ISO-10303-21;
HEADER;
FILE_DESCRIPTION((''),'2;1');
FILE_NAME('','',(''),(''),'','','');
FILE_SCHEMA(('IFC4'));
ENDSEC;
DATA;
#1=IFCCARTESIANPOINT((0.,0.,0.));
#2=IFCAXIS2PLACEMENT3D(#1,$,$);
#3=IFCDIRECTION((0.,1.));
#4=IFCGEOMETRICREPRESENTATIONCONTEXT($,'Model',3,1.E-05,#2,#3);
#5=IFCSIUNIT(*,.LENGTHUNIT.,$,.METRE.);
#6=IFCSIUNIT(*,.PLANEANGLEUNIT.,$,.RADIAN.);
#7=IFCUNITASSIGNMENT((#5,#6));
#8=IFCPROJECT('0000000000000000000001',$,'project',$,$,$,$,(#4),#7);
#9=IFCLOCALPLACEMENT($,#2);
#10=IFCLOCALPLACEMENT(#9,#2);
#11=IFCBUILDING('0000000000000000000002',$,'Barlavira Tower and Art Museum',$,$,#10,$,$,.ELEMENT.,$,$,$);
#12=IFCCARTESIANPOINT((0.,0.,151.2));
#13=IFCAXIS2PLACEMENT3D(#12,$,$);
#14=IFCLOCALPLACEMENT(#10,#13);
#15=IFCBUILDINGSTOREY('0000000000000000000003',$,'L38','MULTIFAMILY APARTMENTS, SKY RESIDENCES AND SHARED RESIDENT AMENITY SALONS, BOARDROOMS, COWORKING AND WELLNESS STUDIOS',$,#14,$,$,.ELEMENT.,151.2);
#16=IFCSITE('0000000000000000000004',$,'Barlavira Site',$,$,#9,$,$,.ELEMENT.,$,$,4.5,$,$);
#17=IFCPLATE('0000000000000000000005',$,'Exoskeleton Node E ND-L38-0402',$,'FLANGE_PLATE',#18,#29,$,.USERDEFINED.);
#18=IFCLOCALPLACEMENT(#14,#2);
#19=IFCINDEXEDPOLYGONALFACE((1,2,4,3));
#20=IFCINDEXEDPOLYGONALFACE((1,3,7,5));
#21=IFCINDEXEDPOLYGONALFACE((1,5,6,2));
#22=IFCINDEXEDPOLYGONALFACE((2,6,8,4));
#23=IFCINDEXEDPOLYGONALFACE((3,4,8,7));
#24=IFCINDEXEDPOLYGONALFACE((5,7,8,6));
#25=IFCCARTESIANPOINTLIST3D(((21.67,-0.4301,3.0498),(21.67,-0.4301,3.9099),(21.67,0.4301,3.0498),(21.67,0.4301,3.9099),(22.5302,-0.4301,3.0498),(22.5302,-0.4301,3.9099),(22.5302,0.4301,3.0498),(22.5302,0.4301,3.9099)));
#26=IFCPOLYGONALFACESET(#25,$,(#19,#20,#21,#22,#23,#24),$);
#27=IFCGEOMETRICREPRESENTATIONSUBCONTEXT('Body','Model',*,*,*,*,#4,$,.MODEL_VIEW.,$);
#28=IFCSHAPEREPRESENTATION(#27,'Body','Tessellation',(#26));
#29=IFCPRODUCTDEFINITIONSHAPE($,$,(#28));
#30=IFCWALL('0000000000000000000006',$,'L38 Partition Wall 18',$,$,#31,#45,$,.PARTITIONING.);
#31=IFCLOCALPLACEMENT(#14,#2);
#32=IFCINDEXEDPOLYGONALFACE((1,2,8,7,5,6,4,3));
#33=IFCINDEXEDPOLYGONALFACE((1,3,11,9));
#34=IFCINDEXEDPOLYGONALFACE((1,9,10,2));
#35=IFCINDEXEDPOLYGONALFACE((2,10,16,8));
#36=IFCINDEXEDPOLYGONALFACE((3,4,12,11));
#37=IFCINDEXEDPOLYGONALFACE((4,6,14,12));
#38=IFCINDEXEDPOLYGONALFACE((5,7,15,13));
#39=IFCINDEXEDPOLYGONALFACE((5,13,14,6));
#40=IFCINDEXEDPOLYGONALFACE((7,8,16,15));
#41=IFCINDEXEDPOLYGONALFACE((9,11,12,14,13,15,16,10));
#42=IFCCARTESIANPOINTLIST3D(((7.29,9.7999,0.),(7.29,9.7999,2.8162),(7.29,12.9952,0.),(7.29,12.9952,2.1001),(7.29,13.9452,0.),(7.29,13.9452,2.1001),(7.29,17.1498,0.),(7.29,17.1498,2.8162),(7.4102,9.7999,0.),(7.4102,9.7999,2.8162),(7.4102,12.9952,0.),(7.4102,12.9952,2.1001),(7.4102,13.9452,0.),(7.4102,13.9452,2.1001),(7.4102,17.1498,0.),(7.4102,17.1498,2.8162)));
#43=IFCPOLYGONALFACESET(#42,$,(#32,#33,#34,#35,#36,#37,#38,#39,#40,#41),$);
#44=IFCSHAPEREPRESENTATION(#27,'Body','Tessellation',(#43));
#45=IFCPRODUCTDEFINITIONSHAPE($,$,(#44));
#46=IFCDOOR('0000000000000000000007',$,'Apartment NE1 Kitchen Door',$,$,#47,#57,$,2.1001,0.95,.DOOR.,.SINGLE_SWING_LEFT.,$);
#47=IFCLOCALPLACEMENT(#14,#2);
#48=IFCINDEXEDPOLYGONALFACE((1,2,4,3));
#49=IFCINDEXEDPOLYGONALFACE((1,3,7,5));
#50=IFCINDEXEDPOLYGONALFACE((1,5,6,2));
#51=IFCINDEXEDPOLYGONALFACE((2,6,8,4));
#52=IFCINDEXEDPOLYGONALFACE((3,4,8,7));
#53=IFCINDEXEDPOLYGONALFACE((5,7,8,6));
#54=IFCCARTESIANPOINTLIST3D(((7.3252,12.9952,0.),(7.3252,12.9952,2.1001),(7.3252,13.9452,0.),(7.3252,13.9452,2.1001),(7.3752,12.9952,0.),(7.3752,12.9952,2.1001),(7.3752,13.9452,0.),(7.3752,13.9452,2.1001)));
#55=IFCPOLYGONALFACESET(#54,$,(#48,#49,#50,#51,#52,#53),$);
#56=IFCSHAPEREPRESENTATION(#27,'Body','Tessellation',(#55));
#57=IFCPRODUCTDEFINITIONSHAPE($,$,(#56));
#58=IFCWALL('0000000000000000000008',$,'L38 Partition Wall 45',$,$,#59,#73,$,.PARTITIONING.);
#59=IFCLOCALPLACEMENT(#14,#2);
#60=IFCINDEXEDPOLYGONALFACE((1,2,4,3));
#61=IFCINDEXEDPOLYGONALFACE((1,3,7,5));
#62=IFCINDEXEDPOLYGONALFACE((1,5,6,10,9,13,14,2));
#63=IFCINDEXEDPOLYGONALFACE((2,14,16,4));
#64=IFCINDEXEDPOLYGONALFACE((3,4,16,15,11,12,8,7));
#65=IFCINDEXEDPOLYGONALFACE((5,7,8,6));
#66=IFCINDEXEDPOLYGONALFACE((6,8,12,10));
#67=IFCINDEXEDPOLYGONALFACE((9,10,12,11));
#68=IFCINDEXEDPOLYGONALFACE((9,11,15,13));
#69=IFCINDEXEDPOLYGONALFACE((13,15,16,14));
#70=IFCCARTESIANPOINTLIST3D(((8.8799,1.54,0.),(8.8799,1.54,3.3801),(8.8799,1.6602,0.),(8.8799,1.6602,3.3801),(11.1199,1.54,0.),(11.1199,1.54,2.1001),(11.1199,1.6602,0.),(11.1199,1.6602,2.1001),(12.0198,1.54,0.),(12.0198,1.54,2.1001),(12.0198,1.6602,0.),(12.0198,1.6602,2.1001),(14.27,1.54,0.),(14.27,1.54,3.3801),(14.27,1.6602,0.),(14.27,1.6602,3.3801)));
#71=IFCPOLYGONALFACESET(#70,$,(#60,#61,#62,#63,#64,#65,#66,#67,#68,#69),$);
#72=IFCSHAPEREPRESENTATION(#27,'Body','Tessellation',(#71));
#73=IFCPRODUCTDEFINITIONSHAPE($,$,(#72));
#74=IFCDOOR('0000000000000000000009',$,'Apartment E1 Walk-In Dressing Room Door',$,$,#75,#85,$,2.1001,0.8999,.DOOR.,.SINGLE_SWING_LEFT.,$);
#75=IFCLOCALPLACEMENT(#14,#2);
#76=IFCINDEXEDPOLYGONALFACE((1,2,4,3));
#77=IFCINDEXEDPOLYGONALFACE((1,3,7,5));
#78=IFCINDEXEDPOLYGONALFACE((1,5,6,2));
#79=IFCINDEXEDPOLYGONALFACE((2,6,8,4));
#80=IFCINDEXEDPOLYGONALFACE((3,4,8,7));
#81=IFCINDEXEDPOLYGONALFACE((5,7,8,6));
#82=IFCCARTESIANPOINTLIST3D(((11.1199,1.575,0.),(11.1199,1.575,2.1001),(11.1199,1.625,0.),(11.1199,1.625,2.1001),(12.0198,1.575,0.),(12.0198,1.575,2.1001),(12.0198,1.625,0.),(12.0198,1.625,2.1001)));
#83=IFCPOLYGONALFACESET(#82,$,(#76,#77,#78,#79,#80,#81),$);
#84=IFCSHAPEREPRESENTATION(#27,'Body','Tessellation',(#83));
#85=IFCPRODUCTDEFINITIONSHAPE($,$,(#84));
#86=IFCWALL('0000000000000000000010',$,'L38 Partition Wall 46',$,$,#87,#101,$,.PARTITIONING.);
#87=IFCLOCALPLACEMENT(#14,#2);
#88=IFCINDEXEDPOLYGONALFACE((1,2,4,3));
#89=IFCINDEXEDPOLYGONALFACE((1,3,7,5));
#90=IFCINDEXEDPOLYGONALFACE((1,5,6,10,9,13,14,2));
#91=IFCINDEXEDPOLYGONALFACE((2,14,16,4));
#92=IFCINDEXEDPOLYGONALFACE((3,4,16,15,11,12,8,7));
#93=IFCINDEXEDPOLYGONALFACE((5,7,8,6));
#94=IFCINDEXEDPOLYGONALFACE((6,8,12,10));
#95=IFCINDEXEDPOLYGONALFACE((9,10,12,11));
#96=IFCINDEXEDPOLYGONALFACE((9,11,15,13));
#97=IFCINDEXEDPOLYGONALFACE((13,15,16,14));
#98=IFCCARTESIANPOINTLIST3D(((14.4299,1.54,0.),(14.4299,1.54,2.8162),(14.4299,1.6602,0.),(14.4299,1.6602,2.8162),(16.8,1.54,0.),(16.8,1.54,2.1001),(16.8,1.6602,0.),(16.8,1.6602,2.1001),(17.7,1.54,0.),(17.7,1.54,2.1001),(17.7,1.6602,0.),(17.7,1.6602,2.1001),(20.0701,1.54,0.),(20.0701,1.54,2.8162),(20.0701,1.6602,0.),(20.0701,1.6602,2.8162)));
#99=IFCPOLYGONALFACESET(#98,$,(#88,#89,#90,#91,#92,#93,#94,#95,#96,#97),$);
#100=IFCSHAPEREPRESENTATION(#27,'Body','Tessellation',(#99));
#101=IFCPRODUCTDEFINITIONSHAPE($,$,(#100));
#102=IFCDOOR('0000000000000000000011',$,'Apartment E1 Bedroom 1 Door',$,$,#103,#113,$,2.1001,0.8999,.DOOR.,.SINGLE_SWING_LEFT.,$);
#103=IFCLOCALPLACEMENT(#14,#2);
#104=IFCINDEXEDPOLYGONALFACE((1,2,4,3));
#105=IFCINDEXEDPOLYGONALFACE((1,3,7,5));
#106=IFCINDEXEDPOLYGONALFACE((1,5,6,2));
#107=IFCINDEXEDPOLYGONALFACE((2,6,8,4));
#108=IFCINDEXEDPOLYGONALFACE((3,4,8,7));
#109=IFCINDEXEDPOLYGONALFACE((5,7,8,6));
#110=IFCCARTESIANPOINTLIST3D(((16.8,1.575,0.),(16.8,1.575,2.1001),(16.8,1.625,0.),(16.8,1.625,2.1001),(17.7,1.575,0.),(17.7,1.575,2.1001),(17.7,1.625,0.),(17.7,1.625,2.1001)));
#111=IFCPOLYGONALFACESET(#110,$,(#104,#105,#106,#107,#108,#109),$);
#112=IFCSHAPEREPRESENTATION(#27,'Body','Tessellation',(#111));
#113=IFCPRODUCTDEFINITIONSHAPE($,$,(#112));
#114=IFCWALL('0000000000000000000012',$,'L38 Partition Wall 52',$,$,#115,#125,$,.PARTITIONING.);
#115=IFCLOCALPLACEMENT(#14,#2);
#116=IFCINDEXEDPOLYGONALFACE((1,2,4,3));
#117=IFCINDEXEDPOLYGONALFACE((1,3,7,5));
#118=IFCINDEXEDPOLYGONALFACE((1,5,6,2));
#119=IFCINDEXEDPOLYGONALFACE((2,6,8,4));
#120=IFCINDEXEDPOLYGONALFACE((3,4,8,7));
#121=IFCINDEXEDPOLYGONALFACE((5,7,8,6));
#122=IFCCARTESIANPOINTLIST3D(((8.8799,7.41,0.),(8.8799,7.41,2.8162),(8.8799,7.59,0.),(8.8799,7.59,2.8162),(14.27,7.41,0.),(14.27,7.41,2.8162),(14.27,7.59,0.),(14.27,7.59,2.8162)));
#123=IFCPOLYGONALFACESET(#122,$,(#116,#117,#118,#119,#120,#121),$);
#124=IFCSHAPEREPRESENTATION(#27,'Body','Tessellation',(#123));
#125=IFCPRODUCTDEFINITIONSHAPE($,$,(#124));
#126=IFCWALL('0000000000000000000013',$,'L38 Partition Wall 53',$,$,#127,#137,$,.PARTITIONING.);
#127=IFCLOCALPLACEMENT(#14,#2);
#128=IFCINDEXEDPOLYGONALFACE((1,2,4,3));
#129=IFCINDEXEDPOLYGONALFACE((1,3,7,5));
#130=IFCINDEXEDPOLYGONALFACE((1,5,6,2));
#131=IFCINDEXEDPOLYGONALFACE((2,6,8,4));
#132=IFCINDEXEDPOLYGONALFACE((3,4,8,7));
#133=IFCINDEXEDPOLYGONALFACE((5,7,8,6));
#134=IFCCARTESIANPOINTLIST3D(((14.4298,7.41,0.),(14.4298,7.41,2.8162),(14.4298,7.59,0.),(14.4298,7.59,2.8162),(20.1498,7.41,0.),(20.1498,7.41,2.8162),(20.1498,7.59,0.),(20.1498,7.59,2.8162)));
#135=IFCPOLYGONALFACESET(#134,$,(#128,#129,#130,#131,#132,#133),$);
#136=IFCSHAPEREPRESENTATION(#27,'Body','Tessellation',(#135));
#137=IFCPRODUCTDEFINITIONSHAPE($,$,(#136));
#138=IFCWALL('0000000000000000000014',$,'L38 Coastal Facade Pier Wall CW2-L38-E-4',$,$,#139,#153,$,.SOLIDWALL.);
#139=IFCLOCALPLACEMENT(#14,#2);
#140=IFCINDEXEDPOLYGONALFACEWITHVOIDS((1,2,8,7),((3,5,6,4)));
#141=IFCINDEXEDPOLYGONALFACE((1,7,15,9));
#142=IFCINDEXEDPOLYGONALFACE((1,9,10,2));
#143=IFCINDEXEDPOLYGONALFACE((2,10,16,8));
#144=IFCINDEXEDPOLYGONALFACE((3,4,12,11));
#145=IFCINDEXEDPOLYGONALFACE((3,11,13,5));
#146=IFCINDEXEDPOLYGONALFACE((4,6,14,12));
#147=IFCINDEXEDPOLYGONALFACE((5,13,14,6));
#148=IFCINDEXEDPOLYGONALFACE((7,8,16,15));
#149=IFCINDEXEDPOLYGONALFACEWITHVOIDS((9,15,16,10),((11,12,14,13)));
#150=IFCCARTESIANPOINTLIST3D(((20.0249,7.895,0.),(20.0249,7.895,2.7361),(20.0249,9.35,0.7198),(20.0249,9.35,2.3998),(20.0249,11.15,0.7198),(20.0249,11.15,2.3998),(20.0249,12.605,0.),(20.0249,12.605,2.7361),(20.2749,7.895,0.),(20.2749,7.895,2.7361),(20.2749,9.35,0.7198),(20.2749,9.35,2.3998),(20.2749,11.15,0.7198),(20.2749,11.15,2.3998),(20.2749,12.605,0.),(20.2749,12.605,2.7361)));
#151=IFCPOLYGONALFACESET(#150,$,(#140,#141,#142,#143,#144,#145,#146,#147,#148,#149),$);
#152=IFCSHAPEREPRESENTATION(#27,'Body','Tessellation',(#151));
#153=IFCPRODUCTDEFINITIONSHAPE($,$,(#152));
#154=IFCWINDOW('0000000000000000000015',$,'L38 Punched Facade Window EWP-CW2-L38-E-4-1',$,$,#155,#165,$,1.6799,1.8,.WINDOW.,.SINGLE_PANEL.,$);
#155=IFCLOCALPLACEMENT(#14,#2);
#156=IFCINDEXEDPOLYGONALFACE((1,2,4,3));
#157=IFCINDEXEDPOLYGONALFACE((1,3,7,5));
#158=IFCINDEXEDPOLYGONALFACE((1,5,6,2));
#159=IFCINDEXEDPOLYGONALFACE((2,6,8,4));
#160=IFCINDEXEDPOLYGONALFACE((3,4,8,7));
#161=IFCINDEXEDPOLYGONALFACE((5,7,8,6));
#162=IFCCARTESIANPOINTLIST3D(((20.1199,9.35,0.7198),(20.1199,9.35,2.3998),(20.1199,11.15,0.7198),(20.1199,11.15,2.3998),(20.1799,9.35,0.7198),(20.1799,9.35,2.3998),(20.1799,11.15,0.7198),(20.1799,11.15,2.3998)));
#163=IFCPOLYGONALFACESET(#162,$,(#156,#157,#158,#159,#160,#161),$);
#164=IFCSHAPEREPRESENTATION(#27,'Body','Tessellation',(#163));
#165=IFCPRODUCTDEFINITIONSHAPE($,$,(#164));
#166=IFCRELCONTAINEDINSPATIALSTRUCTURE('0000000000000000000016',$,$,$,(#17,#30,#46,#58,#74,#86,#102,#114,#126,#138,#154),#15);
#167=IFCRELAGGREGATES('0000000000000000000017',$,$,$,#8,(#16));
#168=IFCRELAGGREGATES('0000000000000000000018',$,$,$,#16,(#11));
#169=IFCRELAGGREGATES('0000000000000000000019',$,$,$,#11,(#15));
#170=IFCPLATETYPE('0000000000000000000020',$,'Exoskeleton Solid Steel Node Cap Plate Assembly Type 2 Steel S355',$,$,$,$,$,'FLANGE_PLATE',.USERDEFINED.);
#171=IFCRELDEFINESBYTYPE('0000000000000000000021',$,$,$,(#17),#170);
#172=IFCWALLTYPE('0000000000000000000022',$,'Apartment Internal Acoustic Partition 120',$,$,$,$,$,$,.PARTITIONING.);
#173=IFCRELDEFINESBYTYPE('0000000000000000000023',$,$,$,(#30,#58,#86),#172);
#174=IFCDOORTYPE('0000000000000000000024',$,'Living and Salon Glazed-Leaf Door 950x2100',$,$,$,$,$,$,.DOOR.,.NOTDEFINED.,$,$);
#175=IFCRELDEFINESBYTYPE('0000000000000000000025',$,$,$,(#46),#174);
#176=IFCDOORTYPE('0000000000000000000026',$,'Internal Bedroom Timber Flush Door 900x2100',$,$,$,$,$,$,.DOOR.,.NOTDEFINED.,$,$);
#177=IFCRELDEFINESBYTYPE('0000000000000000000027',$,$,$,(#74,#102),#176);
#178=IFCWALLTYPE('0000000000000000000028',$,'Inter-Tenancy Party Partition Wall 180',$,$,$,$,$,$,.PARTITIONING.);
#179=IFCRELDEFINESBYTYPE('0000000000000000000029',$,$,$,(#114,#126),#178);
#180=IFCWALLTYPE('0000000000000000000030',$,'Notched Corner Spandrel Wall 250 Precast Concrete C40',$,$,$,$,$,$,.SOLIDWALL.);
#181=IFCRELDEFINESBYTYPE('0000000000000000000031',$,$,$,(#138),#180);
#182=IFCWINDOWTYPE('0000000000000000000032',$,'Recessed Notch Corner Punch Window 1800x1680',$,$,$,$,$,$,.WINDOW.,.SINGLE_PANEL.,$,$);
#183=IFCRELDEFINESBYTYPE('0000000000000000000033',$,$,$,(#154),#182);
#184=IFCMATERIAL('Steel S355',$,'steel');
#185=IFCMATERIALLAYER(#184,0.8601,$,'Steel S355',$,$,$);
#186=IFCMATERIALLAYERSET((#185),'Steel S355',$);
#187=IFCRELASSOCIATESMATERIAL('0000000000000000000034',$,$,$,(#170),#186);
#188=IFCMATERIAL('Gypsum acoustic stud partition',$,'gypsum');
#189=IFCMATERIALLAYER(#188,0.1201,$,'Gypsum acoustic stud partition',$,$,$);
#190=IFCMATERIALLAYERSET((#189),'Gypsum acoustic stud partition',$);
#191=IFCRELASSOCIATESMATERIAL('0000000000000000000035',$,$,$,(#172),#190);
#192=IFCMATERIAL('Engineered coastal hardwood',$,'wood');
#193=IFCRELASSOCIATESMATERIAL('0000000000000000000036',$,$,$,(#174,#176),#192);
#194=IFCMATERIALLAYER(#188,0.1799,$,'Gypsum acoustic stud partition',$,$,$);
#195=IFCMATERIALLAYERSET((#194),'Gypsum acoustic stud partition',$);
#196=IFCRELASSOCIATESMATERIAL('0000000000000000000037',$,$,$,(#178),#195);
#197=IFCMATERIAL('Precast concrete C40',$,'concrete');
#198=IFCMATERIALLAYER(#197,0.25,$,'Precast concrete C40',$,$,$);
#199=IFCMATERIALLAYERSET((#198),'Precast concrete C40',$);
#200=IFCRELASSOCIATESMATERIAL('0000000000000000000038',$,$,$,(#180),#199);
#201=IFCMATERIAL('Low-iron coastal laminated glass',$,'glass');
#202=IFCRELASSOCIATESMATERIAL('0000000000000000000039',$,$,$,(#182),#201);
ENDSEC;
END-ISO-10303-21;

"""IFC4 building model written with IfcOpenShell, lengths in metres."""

from ifc_helpers import new_model, si_unit, direction, frame, frame_2d, origin, origin_2d, place, context, subcontext, project, spatial, rectangle, extrude, material, layer, layer_set, type_object, element, fill, save


model = new_model("IFC4")

# Units and contexts
model_context = context("Model", 3, precision=1e-05, world=origin(), true_north=direction((0.0, 1.0)))
body_context = subcontext(model_context, "Body", "Model", "MODEL_VIEW")
ifc_project = project(units=[si_unit("LENGTHUNIT", "METRE"), si_unit("PLANEANGLEUNIT", "RADIAN")], contexts=[model_context])

# Site, building, storey
site_placement = place(None, origin())
site = spatial("IfcSite", under=ifc_project, at=site_placement, Name="Barlavira Site", CompositionType="ELEMENT", RefElevation=4.5)
building_placement = place(site_placement, origin())
building = spatial("IfcBuilding", under=site, at=building_placement, Name="Barlavira Tower and Art Museum", CompositionType="ELEMENT")
storey_placement = place(building_placement, frame((0.0, 0.0, 151.2)))
storey = spatial("IfcBuildingStorey", under=building, at=storey_placement, Name="L38", Description="MULTIFAMILY APARTMENTS, SKY RESIDENCES AND SHARED RESIDENT AMENITY SALONS, BOARDROOMS, COWORKING AND WELLNESS STUDIOS", CompositionType="ELEMENT", Elevation=151.2)

# Shared definitions
ifc_material_1 = material(Name="Low-iron coastal laminated glass", Category="glass")

# Shared definitions
ifc_material_2 = material(Name="Steel S355", Category="steel")

# Plate
ifc_layer_1 = layer(ifc_material_2, 0.8601, Name="Steel S355")
ifc_layer_set_1 = layer_set([ifc_layer_1], Name="Steel S355")
plate_type_1 = type_object("IfcPlateType", Name="Exoskeleton Solid Steel Node Cap Plate Assembly Type 2 Steel S355", ElementType="FLANGE_PLATE", PredefinedType="USERDEFINED", material=ifc_layer_set_1)
plate_1_placement = place(storey_placement, frame((22.1001, 0.0, 3.0498), z_axis=(0.0, 0.0, 1.0), x_axis=(1.0, 0.0, 0.0)))
element("IfcPlate", 1, at=plate_1_placement, inside=storey, type_object=plate_type_1, Name="Exoskeleton Node E ND-L38-0402", ObjectType="FLANGE_PLATE", PredefinedType="USERDEFINED", context=body_context, shape_type="SweptSolid", body=[
    extrude(rectangle(XDim=0.8601, YDim=0.8601, at=origin_2d()), origin(), (0.0, 0.0, 1.0), 0.8601),
])

# Walls, openings, doors
ifc_material_3 = material(Name="Gypsum acoustic stud partition", Category="gypsum")
ifc_layer_2 = layer(ifc_material_3, 0.1201, Name="Gypsum acoustic stud partition")
ifc_layer_set_2 = layer_set([ifc_layer_2], Name="Gypsum acoustic stud partition")
wall_type_1 = type_object("IfcWallType", Name="Apartment Internal Acoustic Partition 120", PredefinedType="PARTITIONING", material=ifc_layer_set_2)
wall_1_placement = place(storey_placement, frame((7.3501, 9.8, 0.0), z_axis=(0.0, 0.0, 1.0), x_axis=(0.0, 1.0, 0.0)))
wall_1 = element("IfcWall", 2, at=wall_1_placement, inside=storey, type_object=wall_type_1, Name="L38 Partition Wall 18", PredefinedType="PARTITIONING", context=body_context, shape_type="SweptSolid", body=[
    extrude(rectangle(XDim=7.3499, YDim=0.1201, at=frame_2d((3.6748, 0.0))), origin(), (0.0, 0.0, 1.0), 2.8162),
])
opening_1_placement = place(wall_1_placement, frame((3.1951, 0.0, 0.0)))
opening_1 = element("IfcOpeningElement", 3, at=opening_1_placement, cuts=wall_1, PredefinedType="OPENING", context=body_context, shape_type="SweptSolid", body=[
    extrude(rectangle(XDim=0.95, YDim=2.1001, at=frame_2d((0.4751, 1.05))), frame((0.0, 0.0701, 0.0), z_axis=(0.0, -1.0, 0.0), x_axis=(1.0, 0.0, 0.0)), (0.0, 0.0, 1.0), 0.1401),
])
ifc_material_4 = material(Name="Engineered coastal hardwood", Category="wood")
door_type_1 = type_object("IfcDoorType", Name="Living and Salon Glazed-Leaf Door 950x2100", OperationType="NOTDEFINED", PredefinedType="DOOR", material=ifc_material_4)
door_1_placement = place(opening_1_placement, origin())
door_1 = element("IfcDoor", 4, at=door_1_placement, inside=storey, type_object=door_type_1, Name="Apartment NE1 Kitchen Door", OperationType="SINGLE_SWING_LEFT", OverallHeight=2.1001, OverallWidth=0.95, PredefinedType="DOOR", context=body_context, shape_type="SweptSolid", body=[
    extrude(rectangle(XDim=0.95, YDim=2.1001, at=frame_2d((0.4751, 1.05))), frame((0.0, 0.0249, 0.0), z_axis=(0.0, -1.0, 0.0), x_axis=(1.0, 0.0, 0.0)), (0.0, 0.0, 1.0), 0.05),
])
fill(opening_1, door_1)
wall_2_placement = place(storey_placement, frame((8.8799, 1.6001, 0.0), z_axis=(0.0, 0.0, 1.0), x_axis=(1.0, 0.0, 0.0)))
wall_2 = element("IfcWall", 5, at=wall_2_placement, inside=storey, type_object=wall_type_1, Name="L38 Partition Wall 45", PredefinedType="PARTITIONING", context=body_context, shape_type="SweptSolid", body=[
    extrude(rectangle(XDim=5.3901, YDim=0.1201, at=frame_2d((2.6951, 0.0))), origin(), (0.0, 0.0, 1.0), 3.3801),
])
opening_2_placement = place(wall_2_placement, frame((2.24, 0.0, 0.0)))
opening_2 = element("IfcOpeningElement", 6, at=opening_2_placement, cuts=wall_2, PredefinedType="OPENING", context=body_context, shape_type="SweptSolid", body=[
    extrude(rectangle(XDim=0.8999, YDim=2.1001, at=frame_2d((0.45, 1.05))), frame((0.0, 0.0701, 0.0), z_axis=(0.0, -1.0, 0.0), x_axis=(1.0, 0.0, 0.0)), (0.0, 0.0, 1.0), 0.1401),
])
door_type_2 = type_object("IfcDoorType", Name="Internal Bedroom Timber Flush Door 900x2100", OperationType="NOTDEFINED", PredefinedType="DOOR", material=ifc_material_4)
door_2_placement = place(opening_2_placement, origin())
door_2 = element("IfcDoor", 7, at=door_2_placement, inside=storey, type_object=door_type_2, Name="Apartment E1 Walk-In Dressing Room Door", OperationType="SINGLE_SWING_LEFT", OverallHeight=2.1001, OverallWidth=0.8999, PredefinedType="DOOR", context=body_context, shape_type="SweptSolid", body=[
    extrude(rectangle(XDim=0.8999, YDim=2.1001, at=frame_2d((0.45, 1.05))), frame((0.0, 0.0249, 0.0), z_axis=(0.0, -1.0, 0.0), x_axis=(1.0, 0.0, 0.0)), (0.0, 0.0, 1.0), 0.05),
])
fill(opening_2, door_2)
wall_3_placement = place(storey_placement, frame((14.4299, 1.6001, 0.0), z_axis=(0.0, 0.0, 1.0), x_axis=(1.0, 0.0, 0.0)))
wall_3 = element("IfcWall", 8, at=wall_3_placement, inside=storey, type_object=wall_type_1, Name="L38 Partition Wall 46", PredefinedType="PARTITIONING", context=body_context, shape_type="SweptSolid", body=[
    extrude(rectangle(XDim=5.6401, YDim=0.1201, at=frame_2d((2.8201, 0.0))), origin(), (0.0, 0.0, 1.0), 2.8162),
])
opening_3_placement = place(wall_3_placement, frame((2.3701, 0.0, 0.0)))
opening_3 = element("IfcOpeningElement", 9, at=opening_3_placement, cuts=wall_3, PredefinedType="OPENING", context=body_context, shape_type="SweptSolid", body=[
    extrude(rectangle(XDim=0.8999, YDim=2.1001, at=frame_2d((0.45, 1.05))), frame((0.0, 0.0701, 0.0), z_axis=(0.0, -1.0, 0.0), x_axis=(1.0, 0.0, 0.0)), (0.0, 0.0, 1.0), 0.1401),
])
door_3_placement = place(opening_3_placement, origin())
door_3 = element("IfcDoor", 10, at=door_3_placement, inside=storey, type_object=door_type_2, Name="Apartment E1 Bedroom 1 Door", OperationType="SINGLE_SWING_LEFT", OverallHeight=2.1001, OverallWidth=0.8999, PredefinedType="DOOR", context=body_context, shape_type="SweptSolid", body=[
    extrude(rectangle(XDim=0.8999, YDim=2.1001, at=frame_2d((0.45, 1.05))), frame((0.0, 0.0249, 0.0), z_axis=(0.0, -1.0, 0.0), x_axis=(1.0, 0.0, 0.0)), (0.0, 0.0, 1.0), 0.05),
])
fill(opening_3, door_3)

# Walls
ifc_layer_3 = layer(ifc_material_3, 0.1799, Name="Gypsum acoustic stud partition")
ifc_layer_set_3 = layer_set([ifc_layer_3], Name="Gypsum acoustic stud partition")
wall_type_2 = type_object("IfcWallType", Name="Inter-Tenancy Party Partition Wall 180", PredefinedType="PARTITIONING", material=ifc_layer_set_3)
wall_4_placement = place(storey_placement, frame((8.8799, 7.5, 0.0), z_axis=(0.0, 0.0, 1.0), x_axis=(1.0, 0.0, 0.0)))
element("IfcWall", 11, at=wall_4_placement, inside=storey, type_object=wall_type_2, Name="L38 Partition Wall 52", PredefinedType="PARTITIONING", context=body_context, shape_type="SweptSolid", body=[
    extrude(rectangle(XDim=5.3901, YDim=0.1799, at=frame_2d((2.6951, 0.0))), origin(), (0.0, 0.0, 1.0), 2.8162),
])
wall_5_placement = place(storey_placement, frame((14.4299, 7.5, 0.0), z_axis=(0.0, 0.0, 1.0), x_axis=(1.0, 0.0, 0.0)))
element("IfcWall", 12, at=wall_5_placement, inside=storey, type_object=wall_type_2, Name="L38 Partition Wall 53", PredefinedType="PARTITIONING", context=body_context, shape_type="SweptSolid", body=[
    extrude(rectangle(XDim=5.72, YDim=0.1799, at=frame_2d((2.8599, 0.0))), origin(), (0.0, 0.0, 1.0), 2.8162),
])

# Wall, opening, window
ifc_material_5 = material(Name="Precast concrete C40", Category="concrete")
ifc_layer_4 = layer(ifc_material_5, 0.25, Name="Precast concrete C40")
ifc_layer_set_4 = layer_set([ifc_layer_4], Name="Precast concrete C40")
wall_type_3 = type_object("IfcWallType", Name="Notched Corner Spandrel Wall 250 Precast Concrete C40", PredefinedType="SOLIDWALL", material=ifc_layer_set_4)
wall_6_placement = place(storey_placement, frame((20.1499, 7.895, 0.0), z_axis=(0.0, 0.0, 1.0), x_axis=(0.0, 1.0, 0.0)))
wall_6 = element("IfcWall", 13, at=wall_6_placement, inside=storey, type_object=wall_type_3, Name="L38 Coastal Facade Pier Wall CW2-L38-E-4", PredefinedType="SOLIDWALL", context=body_context, shape_type="SweptSolid", body=[
    extrude(rectangle(XDim=4.71, YDim=0.25, at=frame_2d((2.355, 0.0))), origin(), (0.0, 0.0, 1.0), 2.7361),
])
opening_4_placement = place(wall_6_placement, frame((1.4551, 0.0, 0.72)))
opening_4 = element("IfcOpeningElement", 14, at=opening_4_placement, cuts=wall_6, PredefinedType="OPENING", context=body_context, shape_type="SweptSolid", body=[
    extrude(rectangle(XDim=1.8, YDim=1.6799, at=frame_2d((0.8999, 0.8398))), frame((0.0, 0.135, 0.0), z_axis=(0.0, -1.0, 0.0), x_axis=(1.0, 0.0, 0.0)), (0.0, 0.0, 1.0), 0.27),
])
window_type = type_object("IfcWindowType", Name="Recessed Notch Corner Punch Window 1800x1680", PartitioningType="SINGLE_PANEL", PredefinedType="WINDOW", material=ifc_material_1)
window_placement = place(opening_4_placement, origin())
window = element("IfcWindow", 15, at=window_placement, inside=storey, type_object=window_type, Name="L38 Punched Facade Window EWP-CW2-L38-E-4-1", OverallHeight=1.6799, OverallWidth=1.8, PartitioningType="SINGLE_PANEL", PredefinedType="WINDOW", context=body_context, shape_type="SweptSolid", body=[
    extrude(rectangle(XDim=1.8, YDim=1.6799, at=frame_2d((0.8999, 0.8398))), frame((0.0, 0.03, 0.0), z_axis=(0.0, -1.0, 0.0), x_axis=(1.0, 0.0, 0.0)), (0.0, 0.0, 1.0), 0.0601),
])
fill(opening_4, window)

save(model, "model.ifc")
